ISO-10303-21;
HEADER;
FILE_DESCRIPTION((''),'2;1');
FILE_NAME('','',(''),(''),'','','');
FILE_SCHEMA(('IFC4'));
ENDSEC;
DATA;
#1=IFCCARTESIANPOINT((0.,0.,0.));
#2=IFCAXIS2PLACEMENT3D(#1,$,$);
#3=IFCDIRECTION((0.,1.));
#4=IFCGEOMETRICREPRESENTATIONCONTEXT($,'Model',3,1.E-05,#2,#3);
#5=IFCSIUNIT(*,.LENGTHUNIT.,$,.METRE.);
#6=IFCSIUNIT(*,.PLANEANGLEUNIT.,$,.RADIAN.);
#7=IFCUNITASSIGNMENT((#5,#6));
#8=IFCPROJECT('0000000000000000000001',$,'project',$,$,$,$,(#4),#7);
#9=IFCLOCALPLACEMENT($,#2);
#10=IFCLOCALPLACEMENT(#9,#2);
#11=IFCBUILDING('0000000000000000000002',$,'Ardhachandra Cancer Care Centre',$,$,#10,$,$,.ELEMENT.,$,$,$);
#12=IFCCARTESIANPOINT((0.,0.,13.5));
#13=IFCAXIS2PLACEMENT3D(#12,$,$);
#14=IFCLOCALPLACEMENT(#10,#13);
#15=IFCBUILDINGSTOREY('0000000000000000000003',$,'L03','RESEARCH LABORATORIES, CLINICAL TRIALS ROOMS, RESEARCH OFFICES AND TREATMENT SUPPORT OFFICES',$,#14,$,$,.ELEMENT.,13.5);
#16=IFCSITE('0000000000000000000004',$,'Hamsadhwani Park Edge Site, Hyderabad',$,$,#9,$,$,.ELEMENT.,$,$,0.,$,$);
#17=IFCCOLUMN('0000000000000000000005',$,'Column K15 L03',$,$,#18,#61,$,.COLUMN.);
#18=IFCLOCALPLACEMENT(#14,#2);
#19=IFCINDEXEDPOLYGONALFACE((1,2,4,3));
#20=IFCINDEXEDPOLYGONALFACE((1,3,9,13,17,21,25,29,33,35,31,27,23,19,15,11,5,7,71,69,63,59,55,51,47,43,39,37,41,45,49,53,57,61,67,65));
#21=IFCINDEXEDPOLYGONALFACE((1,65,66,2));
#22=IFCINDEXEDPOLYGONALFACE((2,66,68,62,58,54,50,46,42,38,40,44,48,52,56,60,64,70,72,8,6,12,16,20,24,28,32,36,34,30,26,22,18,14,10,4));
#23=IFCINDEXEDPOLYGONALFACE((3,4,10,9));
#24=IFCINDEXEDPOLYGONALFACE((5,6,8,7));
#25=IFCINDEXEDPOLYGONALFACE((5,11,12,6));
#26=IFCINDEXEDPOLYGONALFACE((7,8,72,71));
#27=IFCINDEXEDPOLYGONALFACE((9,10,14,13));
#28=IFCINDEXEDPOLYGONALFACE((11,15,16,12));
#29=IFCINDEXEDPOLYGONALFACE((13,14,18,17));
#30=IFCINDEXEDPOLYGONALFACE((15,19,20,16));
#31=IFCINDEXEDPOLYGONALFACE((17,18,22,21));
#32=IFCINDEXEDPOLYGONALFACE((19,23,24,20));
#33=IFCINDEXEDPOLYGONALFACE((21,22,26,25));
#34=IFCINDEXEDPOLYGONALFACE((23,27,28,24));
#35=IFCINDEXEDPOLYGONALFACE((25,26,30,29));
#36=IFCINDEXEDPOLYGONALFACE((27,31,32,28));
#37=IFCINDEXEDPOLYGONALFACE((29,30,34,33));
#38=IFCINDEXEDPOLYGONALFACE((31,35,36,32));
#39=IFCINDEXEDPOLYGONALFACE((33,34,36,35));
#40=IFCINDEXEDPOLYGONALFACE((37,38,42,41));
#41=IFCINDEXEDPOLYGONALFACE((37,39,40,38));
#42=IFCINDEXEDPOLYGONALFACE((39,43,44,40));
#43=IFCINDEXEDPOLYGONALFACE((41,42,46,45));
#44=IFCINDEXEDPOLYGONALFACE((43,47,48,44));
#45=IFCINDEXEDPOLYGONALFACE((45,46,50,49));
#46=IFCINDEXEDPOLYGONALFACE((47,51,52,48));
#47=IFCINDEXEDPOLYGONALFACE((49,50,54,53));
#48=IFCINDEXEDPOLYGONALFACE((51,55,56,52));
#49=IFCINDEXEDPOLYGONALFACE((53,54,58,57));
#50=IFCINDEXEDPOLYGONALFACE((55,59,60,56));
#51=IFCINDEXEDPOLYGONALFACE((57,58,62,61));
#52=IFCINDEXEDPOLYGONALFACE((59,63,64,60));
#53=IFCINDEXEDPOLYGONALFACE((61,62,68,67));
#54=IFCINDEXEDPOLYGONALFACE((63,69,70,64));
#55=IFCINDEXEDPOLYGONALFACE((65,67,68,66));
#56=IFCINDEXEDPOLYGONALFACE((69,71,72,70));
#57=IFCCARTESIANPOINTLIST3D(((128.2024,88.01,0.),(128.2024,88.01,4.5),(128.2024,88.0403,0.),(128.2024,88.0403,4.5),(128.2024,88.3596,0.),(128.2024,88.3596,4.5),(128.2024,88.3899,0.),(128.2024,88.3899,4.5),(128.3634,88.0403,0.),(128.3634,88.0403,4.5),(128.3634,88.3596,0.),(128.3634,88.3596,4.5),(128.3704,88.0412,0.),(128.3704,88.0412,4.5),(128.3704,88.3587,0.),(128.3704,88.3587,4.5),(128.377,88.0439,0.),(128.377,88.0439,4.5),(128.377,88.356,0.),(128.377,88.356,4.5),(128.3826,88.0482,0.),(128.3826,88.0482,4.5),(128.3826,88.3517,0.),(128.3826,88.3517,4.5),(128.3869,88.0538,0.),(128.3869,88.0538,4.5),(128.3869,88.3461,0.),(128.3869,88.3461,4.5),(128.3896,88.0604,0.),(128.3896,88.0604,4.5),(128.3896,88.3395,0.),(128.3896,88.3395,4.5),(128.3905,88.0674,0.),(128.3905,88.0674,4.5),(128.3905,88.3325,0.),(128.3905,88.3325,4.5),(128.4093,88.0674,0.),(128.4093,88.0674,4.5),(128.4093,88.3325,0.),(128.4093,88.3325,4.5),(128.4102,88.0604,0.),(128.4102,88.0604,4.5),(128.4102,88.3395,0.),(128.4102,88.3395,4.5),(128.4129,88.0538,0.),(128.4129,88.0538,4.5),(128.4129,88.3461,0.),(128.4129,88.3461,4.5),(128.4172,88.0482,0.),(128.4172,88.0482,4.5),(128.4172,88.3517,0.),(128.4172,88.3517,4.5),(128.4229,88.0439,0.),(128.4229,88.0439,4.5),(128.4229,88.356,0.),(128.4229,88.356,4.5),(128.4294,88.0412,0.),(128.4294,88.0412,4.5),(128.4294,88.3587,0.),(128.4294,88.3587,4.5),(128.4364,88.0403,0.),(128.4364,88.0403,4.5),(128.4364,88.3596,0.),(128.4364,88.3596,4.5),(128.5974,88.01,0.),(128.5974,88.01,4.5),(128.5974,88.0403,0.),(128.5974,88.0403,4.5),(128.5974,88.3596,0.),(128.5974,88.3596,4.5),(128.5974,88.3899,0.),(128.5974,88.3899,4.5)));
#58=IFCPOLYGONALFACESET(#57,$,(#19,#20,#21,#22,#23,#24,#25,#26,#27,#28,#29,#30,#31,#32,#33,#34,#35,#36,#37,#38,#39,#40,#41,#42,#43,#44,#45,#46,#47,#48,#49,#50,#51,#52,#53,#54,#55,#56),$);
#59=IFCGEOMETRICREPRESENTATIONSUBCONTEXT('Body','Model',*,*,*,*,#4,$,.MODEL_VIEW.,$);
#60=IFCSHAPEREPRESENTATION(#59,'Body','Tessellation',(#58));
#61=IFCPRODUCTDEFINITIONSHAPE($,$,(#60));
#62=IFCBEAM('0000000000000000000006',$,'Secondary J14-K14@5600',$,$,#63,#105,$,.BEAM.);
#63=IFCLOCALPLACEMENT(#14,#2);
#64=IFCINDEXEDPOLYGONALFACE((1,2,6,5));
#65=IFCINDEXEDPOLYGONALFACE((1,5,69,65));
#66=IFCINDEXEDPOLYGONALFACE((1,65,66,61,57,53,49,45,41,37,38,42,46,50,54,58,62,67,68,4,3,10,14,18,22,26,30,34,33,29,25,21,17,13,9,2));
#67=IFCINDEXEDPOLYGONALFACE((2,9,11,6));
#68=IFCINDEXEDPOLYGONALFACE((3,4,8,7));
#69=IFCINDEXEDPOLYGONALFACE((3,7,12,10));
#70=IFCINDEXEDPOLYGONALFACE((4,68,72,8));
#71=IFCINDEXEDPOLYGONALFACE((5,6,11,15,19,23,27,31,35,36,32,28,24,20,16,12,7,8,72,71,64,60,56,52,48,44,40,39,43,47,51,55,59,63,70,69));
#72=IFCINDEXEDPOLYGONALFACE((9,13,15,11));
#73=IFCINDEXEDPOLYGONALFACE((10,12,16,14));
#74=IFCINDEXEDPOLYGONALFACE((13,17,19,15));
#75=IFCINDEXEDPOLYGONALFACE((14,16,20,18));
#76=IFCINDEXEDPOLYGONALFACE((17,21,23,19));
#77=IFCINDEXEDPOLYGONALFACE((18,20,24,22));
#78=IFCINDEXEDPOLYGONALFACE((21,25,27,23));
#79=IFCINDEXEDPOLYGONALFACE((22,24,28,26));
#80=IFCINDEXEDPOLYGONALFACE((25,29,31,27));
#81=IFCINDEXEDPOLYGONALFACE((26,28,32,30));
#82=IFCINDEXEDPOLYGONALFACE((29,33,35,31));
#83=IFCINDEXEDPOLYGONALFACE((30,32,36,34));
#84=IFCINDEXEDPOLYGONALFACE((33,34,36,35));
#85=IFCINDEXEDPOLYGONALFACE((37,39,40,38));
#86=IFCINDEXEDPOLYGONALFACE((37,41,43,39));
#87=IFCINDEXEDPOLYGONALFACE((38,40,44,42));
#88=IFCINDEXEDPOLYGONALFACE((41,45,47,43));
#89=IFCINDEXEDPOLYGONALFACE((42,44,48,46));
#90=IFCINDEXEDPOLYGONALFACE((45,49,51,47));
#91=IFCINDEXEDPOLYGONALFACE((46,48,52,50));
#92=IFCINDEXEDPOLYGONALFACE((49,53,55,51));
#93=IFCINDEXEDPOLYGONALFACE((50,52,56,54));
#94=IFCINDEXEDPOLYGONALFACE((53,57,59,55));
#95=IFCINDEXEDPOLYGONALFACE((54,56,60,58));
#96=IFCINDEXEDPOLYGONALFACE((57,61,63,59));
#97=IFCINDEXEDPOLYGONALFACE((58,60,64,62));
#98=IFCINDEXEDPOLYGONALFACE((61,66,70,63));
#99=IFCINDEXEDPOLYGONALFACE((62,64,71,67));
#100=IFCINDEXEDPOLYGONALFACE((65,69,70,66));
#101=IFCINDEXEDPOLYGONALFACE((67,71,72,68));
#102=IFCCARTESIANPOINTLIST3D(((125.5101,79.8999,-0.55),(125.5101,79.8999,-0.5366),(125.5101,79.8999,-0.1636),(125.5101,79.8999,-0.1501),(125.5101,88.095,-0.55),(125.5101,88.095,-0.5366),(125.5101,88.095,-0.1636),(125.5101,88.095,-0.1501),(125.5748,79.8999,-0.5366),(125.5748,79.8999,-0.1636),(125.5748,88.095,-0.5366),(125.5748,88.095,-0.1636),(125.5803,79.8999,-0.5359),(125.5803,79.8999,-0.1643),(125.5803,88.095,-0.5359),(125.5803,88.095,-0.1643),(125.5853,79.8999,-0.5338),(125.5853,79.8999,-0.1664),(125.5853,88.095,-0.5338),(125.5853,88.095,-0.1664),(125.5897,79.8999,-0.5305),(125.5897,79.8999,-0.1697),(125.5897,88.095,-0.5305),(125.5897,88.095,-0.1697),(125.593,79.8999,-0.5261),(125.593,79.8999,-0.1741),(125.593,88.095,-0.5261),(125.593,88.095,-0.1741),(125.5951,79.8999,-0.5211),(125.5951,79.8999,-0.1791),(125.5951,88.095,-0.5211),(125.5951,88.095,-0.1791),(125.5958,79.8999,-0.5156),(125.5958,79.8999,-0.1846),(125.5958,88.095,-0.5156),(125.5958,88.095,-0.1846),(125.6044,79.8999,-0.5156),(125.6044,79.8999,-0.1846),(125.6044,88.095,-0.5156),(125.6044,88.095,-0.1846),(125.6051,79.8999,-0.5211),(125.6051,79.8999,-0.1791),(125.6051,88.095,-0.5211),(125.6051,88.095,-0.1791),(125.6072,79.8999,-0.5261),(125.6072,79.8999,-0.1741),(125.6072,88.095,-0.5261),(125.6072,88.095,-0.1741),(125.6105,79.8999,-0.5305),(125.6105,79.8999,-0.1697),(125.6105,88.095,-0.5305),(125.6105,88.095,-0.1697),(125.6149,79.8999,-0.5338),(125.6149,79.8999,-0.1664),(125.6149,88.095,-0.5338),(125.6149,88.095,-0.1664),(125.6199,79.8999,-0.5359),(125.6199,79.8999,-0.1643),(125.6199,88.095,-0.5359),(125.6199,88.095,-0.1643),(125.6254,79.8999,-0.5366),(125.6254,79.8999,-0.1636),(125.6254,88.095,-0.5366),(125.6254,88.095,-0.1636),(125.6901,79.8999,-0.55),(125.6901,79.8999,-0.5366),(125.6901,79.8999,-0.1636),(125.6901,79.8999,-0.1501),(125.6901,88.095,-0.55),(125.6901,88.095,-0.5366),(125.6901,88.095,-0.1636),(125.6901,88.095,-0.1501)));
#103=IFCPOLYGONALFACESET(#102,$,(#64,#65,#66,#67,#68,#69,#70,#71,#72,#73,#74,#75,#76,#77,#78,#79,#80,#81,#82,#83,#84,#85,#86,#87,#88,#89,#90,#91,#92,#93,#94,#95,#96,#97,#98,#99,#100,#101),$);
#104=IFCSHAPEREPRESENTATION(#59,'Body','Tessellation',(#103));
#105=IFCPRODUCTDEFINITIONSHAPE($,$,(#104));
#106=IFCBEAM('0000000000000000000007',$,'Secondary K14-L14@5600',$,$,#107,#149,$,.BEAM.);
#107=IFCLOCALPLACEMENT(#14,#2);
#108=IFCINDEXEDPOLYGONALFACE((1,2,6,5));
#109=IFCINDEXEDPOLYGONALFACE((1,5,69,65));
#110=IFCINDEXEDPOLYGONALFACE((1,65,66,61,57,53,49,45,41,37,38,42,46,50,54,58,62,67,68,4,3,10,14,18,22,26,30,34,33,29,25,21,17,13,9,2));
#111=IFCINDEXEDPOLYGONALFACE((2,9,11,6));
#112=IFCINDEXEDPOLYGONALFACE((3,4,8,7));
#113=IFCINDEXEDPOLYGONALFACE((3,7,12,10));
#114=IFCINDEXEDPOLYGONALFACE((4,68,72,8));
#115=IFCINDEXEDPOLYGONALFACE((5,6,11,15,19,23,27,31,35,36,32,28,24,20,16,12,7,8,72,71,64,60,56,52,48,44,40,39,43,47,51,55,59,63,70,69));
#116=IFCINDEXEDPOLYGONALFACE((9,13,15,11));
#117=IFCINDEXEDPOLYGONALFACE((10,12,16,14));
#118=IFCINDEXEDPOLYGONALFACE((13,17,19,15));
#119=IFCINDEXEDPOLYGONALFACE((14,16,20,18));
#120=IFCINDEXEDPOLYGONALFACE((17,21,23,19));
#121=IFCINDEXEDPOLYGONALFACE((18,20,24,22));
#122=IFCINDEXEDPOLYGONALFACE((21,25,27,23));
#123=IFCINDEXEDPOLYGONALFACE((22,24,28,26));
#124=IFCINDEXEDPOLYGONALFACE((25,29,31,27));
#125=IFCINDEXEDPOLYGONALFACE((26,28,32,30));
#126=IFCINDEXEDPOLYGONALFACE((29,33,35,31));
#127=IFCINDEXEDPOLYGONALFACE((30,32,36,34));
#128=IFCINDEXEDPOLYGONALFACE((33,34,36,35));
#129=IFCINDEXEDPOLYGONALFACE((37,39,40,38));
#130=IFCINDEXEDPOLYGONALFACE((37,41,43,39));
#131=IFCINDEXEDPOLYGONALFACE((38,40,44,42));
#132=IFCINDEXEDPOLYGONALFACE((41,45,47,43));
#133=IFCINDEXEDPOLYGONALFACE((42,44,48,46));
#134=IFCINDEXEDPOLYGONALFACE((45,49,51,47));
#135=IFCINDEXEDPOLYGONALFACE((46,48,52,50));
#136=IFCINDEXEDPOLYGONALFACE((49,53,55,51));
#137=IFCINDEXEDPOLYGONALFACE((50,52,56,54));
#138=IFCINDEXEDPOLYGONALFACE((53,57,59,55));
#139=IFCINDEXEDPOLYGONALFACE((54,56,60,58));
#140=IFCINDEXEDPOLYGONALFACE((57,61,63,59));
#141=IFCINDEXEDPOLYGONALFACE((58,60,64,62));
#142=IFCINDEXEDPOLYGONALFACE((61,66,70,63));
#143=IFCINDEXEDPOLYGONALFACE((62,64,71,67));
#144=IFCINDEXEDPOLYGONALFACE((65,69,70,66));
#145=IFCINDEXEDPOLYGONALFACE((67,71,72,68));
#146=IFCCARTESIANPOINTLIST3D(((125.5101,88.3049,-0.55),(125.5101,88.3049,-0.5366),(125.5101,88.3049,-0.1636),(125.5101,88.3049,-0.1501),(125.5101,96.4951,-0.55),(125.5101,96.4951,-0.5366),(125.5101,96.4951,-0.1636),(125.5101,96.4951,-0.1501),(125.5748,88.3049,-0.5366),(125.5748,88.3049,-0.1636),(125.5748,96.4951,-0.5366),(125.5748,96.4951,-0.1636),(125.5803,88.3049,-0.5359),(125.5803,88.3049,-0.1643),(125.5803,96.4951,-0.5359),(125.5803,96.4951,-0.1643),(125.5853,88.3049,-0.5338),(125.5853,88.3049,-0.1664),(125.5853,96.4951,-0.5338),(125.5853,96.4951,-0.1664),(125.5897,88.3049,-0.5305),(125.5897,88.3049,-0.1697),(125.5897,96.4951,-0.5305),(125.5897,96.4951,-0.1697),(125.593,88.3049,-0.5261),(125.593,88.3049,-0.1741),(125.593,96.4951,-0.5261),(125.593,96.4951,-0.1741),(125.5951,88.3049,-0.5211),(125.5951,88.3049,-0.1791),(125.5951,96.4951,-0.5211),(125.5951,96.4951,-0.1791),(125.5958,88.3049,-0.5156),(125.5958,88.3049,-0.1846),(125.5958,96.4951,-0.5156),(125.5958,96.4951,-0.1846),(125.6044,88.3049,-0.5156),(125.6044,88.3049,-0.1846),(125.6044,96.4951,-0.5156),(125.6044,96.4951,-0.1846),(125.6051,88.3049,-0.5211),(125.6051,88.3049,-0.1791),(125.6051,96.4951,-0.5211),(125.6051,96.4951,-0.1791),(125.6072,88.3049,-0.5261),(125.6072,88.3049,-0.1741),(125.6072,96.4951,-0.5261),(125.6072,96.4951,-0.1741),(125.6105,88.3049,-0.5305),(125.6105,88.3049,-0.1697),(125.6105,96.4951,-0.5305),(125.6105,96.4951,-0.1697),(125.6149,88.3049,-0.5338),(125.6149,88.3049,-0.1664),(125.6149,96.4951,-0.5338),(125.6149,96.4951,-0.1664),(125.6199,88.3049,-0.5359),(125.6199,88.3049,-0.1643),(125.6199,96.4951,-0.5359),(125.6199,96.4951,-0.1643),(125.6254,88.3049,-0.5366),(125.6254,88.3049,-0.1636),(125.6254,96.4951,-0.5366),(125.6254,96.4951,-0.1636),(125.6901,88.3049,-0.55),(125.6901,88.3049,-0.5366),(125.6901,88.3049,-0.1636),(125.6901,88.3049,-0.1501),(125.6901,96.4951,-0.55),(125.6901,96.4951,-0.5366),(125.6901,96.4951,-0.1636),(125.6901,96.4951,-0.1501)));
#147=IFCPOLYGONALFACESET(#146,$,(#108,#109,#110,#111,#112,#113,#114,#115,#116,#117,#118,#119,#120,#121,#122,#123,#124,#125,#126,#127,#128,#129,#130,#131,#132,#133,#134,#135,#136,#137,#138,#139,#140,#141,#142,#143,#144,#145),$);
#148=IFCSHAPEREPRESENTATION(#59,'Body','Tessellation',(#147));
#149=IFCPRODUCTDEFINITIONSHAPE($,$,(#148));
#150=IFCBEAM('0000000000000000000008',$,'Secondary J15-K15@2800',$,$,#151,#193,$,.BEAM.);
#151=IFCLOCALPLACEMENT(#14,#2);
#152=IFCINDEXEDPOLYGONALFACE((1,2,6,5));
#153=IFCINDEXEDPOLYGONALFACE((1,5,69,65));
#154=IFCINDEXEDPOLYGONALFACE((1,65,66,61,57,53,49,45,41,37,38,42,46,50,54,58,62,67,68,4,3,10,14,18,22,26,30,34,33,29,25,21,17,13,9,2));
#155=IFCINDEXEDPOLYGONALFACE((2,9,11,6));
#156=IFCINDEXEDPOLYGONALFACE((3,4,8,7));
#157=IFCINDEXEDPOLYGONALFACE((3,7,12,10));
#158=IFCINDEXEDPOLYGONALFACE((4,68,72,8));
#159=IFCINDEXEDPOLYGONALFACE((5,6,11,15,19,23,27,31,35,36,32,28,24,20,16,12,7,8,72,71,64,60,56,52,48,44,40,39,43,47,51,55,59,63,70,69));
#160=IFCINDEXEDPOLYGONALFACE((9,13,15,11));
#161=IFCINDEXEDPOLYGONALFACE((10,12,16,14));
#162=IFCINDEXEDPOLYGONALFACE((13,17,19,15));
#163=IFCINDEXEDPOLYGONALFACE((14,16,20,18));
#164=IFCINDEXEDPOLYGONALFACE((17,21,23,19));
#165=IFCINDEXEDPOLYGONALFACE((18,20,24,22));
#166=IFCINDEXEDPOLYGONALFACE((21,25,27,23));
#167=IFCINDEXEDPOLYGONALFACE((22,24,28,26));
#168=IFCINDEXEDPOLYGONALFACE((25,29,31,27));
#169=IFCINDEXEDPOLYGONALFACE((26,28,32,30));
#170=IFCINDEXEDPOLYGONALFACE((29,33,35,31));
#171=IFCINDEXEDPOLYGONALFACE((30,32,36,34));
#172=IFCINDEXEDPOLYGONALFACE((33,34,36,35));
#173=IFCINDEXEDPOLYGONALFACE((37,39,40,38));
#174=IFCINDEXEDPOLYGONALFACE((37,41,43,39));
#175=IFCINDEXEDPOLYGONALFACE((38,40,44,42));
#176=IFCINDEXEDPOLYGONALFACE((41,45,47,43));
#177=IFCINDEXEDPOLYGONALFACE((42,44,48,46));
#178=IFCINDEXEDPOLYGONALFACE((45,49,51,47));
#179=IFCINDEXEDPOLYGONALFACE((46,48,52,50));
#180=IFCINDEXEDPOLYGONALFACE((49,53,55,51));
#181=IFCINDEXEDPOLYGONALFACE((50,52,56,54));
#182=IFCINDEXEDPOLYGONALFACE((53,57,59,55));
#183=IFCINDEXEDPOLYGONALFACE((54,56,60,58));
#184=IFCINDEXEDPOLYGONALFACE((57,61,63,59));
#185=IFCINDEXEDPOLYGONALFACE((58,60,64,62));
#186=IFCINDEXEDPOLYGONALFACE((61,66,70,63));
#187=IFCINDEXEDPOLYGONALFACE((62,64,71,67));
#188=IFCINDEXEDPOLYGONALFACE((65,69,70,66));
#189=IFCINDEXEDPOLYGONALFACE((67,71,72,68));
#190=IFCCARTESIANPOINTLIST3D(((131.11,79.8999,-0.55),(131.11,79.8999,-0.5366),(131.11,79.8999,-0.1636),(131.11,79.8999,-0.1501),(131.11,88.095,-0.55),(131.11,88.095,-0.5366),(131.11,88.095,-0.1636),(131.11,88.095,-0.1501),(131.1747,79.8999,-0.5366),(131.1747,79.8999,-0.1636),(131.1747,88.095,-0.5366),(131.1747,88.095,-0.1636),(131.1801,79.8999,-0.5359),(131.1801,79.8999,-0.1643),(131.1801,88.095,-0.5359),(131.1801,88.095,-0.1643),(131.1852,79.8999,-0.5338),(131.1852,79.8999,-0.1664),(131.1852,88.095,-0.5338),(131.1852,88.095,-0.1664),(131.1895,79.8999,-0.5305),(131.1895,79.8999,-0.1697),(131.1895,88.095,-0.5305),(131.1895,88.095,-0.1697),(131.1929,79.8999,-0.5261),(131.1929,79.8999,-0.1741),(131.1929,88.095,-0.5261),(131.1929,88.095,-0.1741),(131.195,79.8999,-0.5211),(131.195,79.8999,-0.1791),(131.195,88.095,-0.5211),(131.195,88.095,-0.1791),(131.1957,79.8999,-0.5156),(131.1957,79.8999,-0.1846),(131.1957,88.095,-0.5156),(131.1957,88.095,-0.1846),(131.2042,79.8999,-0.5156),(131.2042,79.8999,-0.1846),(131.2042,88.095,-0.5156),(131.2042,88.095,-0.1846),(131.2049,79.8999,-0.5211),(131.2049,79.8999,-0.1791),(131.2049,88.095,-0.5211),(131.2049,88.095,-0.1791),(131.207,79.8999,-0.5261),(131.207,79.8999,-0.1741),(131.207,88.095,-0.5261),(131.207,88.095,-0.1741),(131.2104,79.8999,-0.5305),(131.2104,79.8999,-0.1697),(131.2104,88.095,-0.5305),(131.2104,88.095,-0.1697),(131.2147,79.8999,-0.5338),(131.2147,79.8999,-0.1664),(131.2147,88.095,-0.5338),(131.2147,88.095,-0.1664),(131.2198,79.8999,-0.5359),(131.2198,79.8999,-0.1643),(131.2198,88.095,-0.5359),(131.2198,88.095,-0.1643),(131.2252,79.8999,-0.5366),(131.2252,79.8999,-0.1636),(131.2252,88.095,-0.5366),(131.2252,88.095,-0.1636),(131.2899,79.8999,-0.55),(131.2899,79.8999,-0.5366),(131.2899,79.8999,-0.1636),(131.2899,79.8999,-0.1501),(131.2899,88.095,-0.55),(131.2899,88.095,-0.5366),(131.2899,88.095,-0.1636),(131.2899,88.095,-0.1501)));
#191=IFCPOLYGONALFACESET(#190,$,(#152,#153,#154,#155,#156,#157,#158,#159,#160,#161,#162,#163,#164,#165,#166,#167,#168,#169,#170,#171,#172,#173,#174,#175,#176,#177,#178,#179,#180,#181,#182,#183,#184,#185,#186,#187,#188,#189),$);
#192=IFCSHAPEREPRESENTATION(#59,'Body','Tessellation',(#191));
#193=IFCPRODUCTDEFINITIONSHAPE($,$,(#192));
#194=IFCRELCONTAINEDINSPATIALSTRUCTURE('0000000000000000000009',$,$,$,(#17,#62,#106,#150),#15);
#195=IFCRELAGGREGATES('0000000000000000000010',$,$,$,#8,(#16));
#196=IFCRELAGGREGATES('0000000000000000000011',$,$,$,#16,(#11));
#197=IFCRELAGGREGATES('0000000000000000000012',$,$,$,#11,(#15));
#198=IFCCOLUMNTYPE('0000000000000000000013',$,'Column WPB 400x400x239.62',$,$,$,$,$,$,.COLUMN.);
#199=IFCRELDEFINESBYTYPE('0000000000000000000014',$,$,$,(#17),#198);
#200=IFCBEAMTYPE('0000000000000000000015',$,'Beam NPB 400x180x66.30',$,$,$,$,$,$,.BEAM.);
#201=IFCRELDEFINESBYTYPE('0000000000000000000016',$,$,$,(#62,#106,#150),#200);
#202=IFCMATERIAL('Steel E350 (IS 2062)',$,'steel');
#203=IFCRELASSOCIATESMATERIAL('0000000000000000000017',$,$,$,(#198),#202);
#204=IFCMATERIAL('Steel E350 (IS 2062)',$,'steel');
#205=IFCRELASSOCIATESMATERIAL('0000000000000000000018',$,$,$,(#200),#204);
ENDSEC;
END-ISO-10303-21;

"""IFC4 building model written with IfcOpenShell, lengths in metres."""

from ifc_helpers import new_model, si_unit, direction, frame, origin, origin_2d, place, context, subcontext, project, spatial, i_section, extrude, material, material_profile, profile_set, type_object, element, save


model = new_model("IFC4")

# Units and contexts
model_context = context("Model", 3, precision=1e-05, world=origin(), true_north=direction((0.0, 1.0)))
body_context = subcontext(model_context, "Body", "Model", "MODEL_VIEW")
ifc_project = project(units=[si_unit("LENGTHUNIT", "METRE"), si_unit("PLANEANGLEUNIT", "RADIAN")], contexts=[model_context])

# Site, building, storey
site_placement = place(None, origin())
site = spatial("IfcSite", under=ifc_project, at=site_placement, Name="Hamsadhwani Park Edge Site, Hyderabad", CompositionType="ELEMENT", RefElevation=0.0)
building_placement = place(site_placement, origin())
building = spatial("IfcBuilding", under=site, at=building_placement, Name="Ardhachandra Cancer Care Centre", CompositionType="ELEMENT")
storey_placement = place(building_placement, frame((0.0, 0.0, 13.5)))
storey = spatial("IfcBuildingStorey", under=building, at=storey_placement, Name="L03", Description="RESEARCH LABORATORIES, CLINICAL TRIALS ROOMS, RESEARCH OFFICES AND TREATMENT SUPPORT OFFICES", CompositionType="ELEMENT", Elevation=13.5)

# Column
ifc_material_1 = material(Name="Steel E350 (IS 2062)", Category="steel")
ifc_material_profile_1 = material_profile(ifc_material_1, i_section(OverallWidth=0.395, OverallDepth=0.3799, WebThickness=0.0188, FlangeThickness=0.0303, FilletRadius=0.0271, at=origin_2d()), Name="WPB 400x400x239.62")
ifc_profile_set_1 = profile_set([ifc_material_profile_1], Name="Steel E350 (IS 2062)")
column_type = type_object("IfcColumnType", Name="Column WPB 400x400x239.62", PredefinedType="COLUMN", material=ifc_profile_set_1)
column_placement = place(storey_placement, frame((128.3999, 88.2, 0.0), z_axis=(0.0, 0.0, 1.0), x_axis=(1.0, 0.0, 0.0)))
element("IfcColumn", 1, at=column_placement, inside=storey, type_object=column_type, Name="Column K15 L03", PredefinedType="COLUMN", context=body_context, shape_type="SweptSolid", body=[
    extrude(i_section(OverallWidth=0.395, OverallDepth=0.3799, WebThickness=0.0188, FlangeThickness=0.0303, FilletRadius=0.0271, at=origin_2d()), origin(), (0.0, 0.0, 1.0), 4.5),
])

# Beams
ifc_material_2 = material(Name="Steel E350 (IS 2062)", Category="steel")
ifc_material_profile_2 = material_profile(ifc_material_2, i_section(OverallWidth=0.1799, OverallDepth=0.3999, WebThickness=0.0085, FlangeThickness=0.0134, FilletRadius=0.021, at=origin_2d()), Name="NPB 400x180x66.30")
ifc_profile_set_2 = profile_set([ifc_material_profile_2], Name="Steel E350 (IS 2062)")
beam_type_1 = type_object("IfcBeamType", Name="Beam NPB 400x180x66.30", PredefinedType="BEAM", material=ifc_profile_set_2)
beam_1_placement = place(storey_placement, frame((125.6001, 79.8999, -0.3501), z_axis=(0.0, 1.0, 0.0), x_axis=(-1.0, 0.0, 0.0)))
element("IfcBeam", 2, at=beam_1_placement, inside=storey, type_object=beam_type_1, Name="Secondary J14-K14@5600", PredefinedType="BEAM", context=body_context, shape_type="SweptSolid", body=[
    extrude(i_section(OverallWidth=0.1799, OverallDepth=0.3999, WebThickness=0.0085, FlangeThickness=0.0134, FilletRadius=0.021, at=origin_2d()), origin(), (0.0, 0.0, 1.0), 8.1951),
])
beam_2_placement = place(storey_placement, frame((125.6001, 88.3049, -0.3501), z_axis=(0.0, 1.0, 0.0), x_axis=(-1.0, 0.0, 0.0)))
element("IfcBeam", 3, at=beam_2_placement, inside=storey, type_object=beam_type_1, Name="Secondary K14-L14@5600", PredefinedType="BEAM", context=body_context, shape_type="SweptSolid", body=[
    extrude(i_section(OverallWidth=0.1799, OverallDepth=0.3999, WebThickness=0.0085, FlangeThickness=0.0134, FilletRadius=0.021, at=origin_2d()), origin(), (0.0, 0.0, 1.0), 8.1902),
])
beam_3_placement = place(storey_placement, frame((131.2, 79.8999, -0.3501), z_axis=(0.0, 1.0, 0.0), x_axis=(-1.0, 0.0, 0.0)))
element("IfcBeam", 4, at=beam_3_placement, inside=storey, type_object=beam_type_1, Name="Secondary J15-K15@2800", PredefinedType="BEAM", context=body_context, shape_type="SweptSolid", body=[
    extrude(i_section(OverallWidth=0.1799, OverallDepth=0.3999, WebThickness=0.0085, FlangeThickness=0.0134, FilletRadius=0.021, at=origin_2d()), origin(), (0.0, 0.0, 1.0), 8.1951),
])

save(model, "model.ifc")
